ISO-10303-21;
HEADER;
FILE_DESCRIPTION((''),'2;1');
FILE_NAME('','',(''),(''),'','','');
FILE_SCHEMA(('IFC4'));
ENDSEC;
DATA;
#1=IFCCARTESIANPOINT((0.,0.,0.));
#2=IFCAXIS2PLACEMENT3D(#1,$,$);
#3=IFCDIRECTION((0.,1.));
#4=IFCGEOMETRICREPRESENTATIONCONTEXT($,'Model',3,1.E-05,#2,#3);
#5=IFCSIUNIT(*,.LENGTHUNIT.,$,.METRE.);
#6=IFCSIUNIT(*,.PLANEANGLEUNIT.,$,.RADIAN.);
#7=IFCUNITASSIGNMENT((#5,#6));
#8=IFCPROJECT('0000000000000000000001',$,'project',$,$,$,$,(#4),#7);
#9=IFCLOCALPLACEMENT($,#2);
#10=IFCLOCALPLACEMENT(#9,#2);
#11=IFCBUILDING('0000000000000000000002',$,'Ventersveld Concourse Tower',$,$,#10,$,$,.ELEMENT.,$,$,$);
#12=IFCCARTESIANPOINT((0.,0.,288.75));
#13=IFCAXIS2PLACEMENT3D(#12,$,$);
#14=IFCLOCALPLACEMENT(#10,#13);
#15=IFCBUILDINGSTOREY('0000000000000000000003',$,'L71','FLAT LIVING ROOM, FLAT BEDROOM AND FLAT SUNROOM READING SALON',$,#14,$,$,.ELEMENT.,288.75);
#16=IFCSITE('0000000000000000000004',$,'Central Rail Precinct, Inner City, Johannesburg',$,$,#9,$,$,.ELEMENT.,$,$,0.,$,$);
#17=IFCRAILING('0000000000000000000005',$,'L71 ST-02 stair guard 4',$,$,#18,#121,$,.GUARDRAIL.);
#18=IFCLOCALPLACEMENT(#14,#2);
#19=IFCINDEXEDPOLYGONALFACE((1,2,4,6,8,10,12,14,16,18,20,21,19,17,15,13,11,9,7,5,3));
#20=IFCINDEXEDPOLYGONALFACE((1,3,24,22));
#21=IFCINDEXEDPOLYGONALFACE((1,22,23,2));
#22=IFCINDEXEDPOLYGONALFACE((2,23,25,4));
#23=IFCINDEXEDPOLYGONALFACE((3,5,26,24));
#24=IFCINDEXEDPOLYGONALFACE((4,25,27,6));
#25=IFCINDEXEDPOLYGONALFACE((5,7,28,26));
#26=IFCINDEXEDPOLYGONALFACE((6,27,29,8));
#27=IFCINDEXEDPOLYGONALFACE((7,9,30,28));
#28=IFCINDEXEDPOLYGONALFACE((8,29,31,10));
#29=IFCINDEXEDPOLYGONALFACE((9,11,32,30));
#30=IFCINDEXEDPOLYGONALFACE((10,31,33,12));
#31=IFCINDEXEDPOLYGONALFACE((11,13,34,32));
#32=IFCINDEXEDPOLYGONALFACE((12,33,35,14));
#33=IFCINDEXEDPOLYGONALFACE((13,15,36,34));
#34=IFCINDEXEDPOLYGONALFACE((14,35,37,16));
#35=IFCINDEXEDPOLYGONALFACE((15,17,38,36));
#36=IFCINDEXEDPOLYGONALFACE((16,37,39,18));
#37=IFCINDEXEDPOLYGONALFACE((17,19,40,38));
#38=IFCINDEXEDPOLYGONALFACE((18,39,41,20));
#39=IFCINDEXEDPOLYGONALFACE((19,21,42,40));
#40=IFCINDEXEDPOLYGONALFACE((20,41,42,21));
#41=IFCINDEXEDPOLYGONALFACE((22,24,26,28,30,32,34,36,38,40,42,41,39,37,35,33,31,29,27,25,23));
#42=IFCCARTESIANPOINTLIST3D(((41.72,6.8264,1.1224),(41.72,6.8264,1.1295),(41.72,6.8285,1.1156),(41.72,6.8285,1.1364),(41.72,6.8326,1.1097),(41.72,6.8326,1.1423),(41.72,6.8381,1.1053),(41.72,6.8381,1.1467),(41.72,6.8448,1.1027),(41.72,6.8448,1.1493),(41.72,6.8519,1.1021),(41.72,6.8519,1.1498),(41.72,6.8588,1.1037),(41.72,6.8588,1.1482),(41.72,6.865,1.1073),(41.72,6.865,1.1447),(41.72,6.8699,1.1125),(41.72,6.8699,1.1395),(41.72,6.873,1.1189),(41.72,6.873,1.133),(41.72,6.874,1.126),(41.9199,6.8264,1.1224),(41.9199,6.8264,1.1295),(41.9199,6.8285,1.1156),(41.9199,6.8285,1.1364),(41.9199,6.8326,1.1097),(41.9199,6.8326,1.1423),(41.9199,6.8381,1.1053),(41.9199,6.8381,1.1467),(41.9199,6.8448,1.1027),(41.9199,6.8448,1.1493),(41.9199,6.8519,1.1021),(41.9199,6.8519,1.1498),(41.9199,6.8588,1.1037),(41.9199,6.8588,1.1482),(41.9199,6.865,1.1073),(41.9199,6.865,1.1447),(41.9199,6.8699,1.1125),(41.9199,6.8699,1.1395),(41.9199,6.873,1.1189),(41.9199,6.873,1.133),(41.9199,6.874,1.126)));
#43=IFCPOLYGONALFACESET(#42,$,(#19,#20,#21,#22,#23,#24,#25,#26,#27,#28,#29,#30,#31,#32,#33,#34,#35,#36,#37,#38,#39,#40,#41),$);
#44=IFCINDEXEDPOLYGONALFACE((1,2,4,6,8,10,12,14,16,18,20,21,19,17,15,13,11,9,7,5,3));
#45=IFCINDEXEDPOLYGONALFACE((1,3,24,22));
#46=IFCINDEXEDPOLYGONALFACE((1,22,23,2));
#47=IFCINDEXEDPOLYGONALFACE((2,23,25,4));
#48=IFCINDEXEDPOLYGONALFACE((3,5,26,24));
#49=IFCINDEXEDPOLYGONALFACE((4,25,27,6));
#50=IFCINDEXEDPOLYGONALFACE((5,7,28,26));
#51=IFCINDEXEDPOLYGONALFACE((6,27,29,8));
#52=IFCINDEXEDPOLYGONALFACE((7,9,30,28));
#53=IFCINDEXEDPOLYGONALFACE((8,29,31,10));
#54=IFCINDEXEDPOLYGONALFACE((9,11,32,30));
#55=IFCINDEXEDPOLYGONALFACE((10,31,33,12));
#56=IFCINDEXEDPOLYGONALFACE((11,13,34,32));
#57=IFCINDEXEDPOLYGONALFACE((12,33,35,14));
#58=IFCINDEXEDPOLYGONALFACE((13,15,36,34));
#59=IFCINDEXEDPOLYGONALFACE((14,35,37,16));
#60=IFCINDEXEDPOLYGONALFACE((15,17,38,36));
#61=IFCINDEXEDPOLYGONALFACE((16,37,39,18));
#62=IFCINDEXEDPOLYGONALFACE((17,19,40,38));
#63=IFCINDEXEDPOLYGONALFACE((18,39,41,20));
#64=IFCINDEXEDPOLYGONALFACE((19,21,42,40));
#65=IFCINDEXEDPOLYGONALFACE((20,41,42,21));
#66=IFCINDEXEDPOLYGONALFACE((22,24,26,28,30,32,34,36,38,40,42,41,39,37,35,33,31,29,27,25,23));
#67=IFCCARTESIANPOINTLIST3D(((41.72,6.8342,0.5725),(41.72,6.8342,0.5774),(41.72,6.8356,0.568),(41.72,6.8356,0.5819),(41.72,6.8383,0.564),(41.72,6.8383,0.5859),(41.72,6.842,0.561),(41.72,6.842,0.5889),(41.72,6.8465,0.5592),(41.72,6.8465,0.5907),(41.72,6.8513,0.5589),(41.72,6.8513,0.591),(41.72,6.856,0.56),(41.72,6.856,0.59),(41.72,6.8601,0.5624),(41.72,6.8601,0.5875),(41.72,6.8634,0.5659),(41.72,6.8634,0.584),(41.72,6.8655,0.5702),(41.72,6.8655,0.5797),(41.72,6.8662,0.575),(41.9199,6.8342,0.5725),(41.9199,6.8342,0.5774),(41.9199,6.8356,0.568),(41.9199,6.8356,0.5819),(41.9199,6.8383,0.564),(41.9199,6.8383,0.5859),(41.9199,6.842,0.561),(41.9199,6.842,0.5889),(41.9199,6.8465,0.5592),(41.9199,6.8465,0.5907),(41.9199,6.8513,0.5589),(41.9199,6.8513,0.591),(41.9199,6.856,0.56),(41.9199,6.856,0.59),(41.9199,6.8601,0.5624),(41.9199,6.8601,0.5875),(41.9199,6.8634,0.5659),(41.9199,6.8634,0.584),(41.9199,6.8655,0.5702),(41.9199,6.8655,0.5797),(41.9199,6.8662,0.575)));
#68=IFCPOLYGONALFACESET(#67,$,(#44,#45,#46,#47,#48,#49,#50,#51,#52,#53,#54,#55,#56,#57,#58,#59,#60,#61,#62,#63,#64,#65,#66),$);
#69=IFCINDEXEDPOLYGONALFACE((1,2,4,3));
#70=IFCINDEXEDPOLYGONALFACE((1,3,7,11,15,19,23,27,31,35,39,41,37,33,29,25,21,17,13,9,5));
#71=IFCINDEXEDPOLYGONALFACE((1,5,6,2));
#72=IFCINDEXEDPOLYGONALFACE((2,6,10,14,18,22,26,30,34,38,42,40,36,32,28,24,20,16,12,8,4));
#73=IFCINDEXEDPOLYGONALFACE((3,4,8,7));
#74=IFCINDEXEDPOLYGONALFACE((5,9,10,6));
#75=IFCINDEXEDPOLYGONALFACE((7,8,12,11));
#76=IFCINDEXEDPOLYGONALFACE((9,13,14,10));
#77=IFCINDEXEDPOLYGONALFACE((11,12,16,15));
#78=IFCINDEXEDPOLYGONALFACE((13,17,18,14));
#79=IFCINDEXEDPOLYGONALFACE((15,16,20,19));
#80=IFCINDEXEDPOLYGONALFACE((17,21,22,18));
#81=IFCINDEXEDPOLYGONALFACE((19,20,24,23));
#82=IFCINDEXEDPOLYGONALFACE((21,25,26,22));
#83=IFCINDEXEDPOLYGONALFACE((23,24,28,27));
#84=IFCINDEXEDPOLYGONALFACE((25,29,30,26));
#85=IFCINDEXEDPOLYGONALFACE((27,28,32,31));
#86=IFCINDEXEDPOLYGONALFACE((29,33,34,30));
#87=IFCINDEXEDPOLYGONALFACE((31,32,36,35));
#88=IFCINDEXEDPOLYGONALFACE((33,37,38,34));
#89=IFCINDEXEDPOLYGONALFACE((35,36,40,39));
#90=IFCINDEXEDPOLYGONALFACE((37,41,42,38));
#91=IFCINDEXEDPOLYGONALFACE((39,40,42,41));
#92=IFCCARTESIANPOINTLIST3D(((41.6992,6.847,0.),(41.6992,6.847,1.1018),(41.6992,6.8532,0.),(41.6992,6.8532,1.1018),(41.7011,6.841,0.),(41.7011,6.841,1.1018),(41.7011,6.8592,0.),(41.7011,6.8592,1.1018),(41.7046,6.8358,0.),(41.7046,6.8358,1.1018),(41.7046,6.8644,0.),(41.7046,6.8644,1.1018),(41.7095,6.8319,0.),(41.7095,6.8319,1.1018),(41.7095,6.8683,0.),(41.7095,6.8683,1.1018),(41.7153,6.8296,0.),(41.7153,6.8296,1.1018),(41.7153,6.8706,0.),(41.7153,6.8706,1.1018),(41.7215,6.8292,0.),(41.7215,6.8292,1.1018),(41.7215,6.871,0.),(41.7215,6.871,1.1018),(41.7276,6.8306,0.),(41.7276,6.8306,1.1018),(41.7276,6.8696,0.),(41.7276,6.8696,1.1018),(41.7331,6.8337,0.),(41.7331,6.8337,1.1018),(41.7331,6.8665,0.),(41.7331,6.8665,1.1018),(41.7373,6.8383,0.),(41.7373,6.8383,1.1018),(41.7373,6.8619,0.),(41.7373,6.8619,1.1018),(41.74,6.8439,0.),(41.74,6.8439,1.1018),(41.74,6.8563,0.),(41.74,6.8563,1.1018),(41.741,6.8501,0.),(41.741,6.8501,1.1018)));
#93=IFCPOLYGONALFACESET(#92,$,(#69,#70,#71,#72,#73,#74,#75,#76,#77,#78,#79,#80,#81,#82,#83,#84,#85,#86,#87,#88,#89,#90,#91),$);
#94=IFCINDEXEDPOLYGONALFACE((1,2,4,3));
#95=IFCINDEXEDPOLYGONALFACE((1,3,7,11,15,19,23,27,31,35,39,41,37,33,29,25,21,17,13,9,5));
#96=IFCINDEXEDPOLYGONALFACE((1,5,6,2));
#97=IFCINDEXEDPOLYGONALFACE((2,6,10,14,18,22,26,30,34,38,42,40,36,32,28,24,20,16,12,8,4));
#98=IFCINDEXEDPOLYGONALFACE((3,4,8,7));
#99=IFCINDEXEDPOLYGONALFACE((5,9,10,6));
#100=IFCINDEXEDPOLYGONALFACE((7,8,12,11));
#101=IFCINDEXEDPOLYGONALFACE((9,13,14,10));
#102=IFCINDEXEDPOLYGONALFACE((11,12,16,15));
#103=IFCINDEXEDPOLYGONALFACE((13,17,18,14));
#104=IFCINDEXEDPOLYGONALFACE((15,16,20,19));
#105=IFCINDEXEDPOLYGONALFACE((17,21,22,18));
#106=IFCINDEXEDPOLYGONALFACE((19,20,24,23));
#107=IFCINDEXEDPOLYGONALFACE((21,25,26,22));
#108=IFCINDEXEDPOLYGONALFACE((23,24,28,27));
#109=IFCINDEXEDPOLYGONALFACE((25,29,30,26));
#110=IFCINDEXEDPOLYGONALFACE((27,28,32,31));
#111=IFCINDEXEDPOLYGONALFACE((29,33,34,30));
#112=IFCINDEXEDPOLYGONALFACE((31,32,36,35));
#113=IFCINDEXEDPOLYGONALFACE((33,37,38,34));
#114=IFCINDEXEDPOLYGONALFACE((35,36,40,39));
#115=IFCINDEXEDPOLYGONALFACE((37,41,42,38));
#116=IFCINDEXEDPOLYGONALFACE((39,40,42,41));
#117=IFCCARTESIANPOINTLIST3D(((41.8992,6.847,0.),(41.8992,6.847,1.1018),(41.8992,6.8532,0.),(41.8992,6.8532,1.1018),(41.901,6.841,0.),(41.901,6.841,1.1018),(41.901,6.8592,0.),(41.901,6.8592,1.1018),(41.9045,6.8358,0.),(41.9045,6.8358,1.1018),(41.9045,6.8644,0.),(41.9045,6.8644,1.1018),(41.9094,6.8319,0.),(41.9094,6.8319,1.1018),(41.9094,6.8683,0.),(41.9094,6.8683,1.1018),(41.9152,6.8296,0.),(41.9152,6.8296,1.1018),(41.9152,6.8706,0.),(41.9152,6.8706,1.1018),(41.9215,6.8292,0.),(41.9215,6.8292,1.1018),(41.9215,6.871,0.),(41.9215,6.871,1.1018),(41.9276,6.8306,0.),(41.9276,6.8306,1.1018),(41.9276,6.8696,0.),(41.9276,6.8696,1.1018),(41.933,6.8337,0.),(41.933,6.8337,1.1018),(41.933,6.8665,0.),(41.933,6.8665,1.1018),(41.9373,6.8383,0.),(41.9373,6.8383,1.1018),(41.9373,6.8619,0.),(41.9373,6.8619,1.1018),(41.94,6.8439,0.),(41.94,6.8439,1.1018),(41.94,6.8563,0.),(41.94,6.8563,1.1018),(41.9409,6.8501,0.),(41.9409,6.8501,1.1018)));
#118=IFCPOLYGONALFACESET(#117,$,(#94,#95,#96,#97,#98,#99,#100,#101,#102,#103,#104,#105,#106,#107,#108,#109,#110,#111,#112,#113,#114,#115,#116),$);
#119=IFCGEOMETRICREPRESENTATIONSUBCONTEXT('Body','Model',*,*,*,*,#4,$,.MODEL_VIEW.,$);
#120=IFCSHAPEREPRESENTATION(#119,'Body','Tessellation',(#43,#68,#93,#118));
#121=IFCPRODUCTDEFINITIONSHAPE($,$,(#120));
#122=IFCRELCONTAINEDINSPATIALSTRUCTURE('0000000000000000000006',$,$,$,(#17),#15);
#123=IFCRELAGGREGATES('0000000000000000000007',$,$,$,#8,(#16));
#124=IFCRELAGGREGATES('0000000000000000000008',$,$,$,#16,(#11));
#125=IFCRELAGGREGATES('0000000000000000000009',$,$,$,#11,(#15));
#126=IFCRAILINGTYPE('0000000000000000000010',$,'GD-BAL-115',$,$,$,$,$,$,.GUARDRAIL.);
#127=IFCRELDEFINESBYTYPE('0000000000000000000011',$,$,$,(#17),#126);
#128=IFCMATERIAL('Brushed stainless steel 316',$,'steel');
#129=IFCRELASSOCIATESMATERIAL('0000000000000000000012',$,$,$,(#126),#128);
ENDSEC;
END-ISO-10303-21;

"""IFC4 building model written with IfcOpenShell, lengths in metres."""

from ifc_helpers import new_model, si_unit, direction, frame, origin, origin_2d, place, context, subcontext, project, spatial, circle, extrude, material, type_object, element, save


model = new_model("IFC4")

# Units and contexts
model_context = context("Model", 3, precision=1e-05, world=origin(), true_north=direction((0.0, 1.0)))
body_context = subcontext(model_context, "Body", "Model", "MODEL_VIEW")
ifc_project = project(units=[si_unit("LENGTHUNIT", "METRE"), si_unit("PLANEANGLEUNIT", "RADIAN")], contexts=[model_context])

# Site, building, storey
site_placement = place(None, origin())
site = spatial("IfcSite", under=ifc_project, at=site_placement, Name="Central Rail Precinct, Inner City, Johannesburg", CompositionType="ELEMENT", RefElevation=0.0)
building_placement = place(site_placement, origin())
building = spatial("IfcBuilding", under=site, at=building_placement, Name="Ventersveld Concourse Tower", CompositionType="ELEMENT")
storey_placement = place(building_placement, frame((0.0, 0.0, 288.75)))
storey = spatial("IfcBuildingStorey", under=building, at=storey_placement, Name="L71", Description="FLAT LIVING ROOM, FLAT BEDROOM AND FLAT SUNROOM READING SALON", CompositionType="ELEMENT", Elevation=288.75)

# Railing
ifc_material_1 = material(Name="Brushed stainless steel 316", Category="steel")
railing_type_1 = type_object("IfcRailingType", Name="GD-BAL-115", PredefinedType="GUARDRAIL", material=ifc_material_1)
railing_1_placement = place(storey_placement, frame((41.72, 6.8501, 0.0)))
element("IfcRailing", 1, at=railing_1_placement, inside=storey, type_object=railing_type_1, Name="L71 ST-02 stair guard 4", PredefinedType="GUARDRAIL", context=body_context, shape_type="SweptSolid", body=[
    extrude(circle(Radius=0.0239, at=origin_2d()), frame((0.0, 0.0, 1.126), z_axis=(1.0, 0.0, 0.0), x_axis=(0.0, 1.0, 0.0)), (0.0, 0.0, 1.0), 0.2),
    extrude(circle(Radius=0.0161, at=origin_2d()), frame((0.0, 0.0, 0.575), z_axis=(1.0, 0.0, 0.0), x_axis=(0.0, 1.0, 0.0)), (0.0, 0.0, 1.0), 0.2),
    extrude(circle(Radius=0.021, at=origin_2d()), origin(), (0.0, 0.0, 1.0), 1.1018),
    extrude(circle(Radius=0.021, at=origin_2d()), frame((0.2, 0.0, 0.0)), (0.0, 0.0, 1.0), 1.1018),
])

save(model, "model.ifc")
